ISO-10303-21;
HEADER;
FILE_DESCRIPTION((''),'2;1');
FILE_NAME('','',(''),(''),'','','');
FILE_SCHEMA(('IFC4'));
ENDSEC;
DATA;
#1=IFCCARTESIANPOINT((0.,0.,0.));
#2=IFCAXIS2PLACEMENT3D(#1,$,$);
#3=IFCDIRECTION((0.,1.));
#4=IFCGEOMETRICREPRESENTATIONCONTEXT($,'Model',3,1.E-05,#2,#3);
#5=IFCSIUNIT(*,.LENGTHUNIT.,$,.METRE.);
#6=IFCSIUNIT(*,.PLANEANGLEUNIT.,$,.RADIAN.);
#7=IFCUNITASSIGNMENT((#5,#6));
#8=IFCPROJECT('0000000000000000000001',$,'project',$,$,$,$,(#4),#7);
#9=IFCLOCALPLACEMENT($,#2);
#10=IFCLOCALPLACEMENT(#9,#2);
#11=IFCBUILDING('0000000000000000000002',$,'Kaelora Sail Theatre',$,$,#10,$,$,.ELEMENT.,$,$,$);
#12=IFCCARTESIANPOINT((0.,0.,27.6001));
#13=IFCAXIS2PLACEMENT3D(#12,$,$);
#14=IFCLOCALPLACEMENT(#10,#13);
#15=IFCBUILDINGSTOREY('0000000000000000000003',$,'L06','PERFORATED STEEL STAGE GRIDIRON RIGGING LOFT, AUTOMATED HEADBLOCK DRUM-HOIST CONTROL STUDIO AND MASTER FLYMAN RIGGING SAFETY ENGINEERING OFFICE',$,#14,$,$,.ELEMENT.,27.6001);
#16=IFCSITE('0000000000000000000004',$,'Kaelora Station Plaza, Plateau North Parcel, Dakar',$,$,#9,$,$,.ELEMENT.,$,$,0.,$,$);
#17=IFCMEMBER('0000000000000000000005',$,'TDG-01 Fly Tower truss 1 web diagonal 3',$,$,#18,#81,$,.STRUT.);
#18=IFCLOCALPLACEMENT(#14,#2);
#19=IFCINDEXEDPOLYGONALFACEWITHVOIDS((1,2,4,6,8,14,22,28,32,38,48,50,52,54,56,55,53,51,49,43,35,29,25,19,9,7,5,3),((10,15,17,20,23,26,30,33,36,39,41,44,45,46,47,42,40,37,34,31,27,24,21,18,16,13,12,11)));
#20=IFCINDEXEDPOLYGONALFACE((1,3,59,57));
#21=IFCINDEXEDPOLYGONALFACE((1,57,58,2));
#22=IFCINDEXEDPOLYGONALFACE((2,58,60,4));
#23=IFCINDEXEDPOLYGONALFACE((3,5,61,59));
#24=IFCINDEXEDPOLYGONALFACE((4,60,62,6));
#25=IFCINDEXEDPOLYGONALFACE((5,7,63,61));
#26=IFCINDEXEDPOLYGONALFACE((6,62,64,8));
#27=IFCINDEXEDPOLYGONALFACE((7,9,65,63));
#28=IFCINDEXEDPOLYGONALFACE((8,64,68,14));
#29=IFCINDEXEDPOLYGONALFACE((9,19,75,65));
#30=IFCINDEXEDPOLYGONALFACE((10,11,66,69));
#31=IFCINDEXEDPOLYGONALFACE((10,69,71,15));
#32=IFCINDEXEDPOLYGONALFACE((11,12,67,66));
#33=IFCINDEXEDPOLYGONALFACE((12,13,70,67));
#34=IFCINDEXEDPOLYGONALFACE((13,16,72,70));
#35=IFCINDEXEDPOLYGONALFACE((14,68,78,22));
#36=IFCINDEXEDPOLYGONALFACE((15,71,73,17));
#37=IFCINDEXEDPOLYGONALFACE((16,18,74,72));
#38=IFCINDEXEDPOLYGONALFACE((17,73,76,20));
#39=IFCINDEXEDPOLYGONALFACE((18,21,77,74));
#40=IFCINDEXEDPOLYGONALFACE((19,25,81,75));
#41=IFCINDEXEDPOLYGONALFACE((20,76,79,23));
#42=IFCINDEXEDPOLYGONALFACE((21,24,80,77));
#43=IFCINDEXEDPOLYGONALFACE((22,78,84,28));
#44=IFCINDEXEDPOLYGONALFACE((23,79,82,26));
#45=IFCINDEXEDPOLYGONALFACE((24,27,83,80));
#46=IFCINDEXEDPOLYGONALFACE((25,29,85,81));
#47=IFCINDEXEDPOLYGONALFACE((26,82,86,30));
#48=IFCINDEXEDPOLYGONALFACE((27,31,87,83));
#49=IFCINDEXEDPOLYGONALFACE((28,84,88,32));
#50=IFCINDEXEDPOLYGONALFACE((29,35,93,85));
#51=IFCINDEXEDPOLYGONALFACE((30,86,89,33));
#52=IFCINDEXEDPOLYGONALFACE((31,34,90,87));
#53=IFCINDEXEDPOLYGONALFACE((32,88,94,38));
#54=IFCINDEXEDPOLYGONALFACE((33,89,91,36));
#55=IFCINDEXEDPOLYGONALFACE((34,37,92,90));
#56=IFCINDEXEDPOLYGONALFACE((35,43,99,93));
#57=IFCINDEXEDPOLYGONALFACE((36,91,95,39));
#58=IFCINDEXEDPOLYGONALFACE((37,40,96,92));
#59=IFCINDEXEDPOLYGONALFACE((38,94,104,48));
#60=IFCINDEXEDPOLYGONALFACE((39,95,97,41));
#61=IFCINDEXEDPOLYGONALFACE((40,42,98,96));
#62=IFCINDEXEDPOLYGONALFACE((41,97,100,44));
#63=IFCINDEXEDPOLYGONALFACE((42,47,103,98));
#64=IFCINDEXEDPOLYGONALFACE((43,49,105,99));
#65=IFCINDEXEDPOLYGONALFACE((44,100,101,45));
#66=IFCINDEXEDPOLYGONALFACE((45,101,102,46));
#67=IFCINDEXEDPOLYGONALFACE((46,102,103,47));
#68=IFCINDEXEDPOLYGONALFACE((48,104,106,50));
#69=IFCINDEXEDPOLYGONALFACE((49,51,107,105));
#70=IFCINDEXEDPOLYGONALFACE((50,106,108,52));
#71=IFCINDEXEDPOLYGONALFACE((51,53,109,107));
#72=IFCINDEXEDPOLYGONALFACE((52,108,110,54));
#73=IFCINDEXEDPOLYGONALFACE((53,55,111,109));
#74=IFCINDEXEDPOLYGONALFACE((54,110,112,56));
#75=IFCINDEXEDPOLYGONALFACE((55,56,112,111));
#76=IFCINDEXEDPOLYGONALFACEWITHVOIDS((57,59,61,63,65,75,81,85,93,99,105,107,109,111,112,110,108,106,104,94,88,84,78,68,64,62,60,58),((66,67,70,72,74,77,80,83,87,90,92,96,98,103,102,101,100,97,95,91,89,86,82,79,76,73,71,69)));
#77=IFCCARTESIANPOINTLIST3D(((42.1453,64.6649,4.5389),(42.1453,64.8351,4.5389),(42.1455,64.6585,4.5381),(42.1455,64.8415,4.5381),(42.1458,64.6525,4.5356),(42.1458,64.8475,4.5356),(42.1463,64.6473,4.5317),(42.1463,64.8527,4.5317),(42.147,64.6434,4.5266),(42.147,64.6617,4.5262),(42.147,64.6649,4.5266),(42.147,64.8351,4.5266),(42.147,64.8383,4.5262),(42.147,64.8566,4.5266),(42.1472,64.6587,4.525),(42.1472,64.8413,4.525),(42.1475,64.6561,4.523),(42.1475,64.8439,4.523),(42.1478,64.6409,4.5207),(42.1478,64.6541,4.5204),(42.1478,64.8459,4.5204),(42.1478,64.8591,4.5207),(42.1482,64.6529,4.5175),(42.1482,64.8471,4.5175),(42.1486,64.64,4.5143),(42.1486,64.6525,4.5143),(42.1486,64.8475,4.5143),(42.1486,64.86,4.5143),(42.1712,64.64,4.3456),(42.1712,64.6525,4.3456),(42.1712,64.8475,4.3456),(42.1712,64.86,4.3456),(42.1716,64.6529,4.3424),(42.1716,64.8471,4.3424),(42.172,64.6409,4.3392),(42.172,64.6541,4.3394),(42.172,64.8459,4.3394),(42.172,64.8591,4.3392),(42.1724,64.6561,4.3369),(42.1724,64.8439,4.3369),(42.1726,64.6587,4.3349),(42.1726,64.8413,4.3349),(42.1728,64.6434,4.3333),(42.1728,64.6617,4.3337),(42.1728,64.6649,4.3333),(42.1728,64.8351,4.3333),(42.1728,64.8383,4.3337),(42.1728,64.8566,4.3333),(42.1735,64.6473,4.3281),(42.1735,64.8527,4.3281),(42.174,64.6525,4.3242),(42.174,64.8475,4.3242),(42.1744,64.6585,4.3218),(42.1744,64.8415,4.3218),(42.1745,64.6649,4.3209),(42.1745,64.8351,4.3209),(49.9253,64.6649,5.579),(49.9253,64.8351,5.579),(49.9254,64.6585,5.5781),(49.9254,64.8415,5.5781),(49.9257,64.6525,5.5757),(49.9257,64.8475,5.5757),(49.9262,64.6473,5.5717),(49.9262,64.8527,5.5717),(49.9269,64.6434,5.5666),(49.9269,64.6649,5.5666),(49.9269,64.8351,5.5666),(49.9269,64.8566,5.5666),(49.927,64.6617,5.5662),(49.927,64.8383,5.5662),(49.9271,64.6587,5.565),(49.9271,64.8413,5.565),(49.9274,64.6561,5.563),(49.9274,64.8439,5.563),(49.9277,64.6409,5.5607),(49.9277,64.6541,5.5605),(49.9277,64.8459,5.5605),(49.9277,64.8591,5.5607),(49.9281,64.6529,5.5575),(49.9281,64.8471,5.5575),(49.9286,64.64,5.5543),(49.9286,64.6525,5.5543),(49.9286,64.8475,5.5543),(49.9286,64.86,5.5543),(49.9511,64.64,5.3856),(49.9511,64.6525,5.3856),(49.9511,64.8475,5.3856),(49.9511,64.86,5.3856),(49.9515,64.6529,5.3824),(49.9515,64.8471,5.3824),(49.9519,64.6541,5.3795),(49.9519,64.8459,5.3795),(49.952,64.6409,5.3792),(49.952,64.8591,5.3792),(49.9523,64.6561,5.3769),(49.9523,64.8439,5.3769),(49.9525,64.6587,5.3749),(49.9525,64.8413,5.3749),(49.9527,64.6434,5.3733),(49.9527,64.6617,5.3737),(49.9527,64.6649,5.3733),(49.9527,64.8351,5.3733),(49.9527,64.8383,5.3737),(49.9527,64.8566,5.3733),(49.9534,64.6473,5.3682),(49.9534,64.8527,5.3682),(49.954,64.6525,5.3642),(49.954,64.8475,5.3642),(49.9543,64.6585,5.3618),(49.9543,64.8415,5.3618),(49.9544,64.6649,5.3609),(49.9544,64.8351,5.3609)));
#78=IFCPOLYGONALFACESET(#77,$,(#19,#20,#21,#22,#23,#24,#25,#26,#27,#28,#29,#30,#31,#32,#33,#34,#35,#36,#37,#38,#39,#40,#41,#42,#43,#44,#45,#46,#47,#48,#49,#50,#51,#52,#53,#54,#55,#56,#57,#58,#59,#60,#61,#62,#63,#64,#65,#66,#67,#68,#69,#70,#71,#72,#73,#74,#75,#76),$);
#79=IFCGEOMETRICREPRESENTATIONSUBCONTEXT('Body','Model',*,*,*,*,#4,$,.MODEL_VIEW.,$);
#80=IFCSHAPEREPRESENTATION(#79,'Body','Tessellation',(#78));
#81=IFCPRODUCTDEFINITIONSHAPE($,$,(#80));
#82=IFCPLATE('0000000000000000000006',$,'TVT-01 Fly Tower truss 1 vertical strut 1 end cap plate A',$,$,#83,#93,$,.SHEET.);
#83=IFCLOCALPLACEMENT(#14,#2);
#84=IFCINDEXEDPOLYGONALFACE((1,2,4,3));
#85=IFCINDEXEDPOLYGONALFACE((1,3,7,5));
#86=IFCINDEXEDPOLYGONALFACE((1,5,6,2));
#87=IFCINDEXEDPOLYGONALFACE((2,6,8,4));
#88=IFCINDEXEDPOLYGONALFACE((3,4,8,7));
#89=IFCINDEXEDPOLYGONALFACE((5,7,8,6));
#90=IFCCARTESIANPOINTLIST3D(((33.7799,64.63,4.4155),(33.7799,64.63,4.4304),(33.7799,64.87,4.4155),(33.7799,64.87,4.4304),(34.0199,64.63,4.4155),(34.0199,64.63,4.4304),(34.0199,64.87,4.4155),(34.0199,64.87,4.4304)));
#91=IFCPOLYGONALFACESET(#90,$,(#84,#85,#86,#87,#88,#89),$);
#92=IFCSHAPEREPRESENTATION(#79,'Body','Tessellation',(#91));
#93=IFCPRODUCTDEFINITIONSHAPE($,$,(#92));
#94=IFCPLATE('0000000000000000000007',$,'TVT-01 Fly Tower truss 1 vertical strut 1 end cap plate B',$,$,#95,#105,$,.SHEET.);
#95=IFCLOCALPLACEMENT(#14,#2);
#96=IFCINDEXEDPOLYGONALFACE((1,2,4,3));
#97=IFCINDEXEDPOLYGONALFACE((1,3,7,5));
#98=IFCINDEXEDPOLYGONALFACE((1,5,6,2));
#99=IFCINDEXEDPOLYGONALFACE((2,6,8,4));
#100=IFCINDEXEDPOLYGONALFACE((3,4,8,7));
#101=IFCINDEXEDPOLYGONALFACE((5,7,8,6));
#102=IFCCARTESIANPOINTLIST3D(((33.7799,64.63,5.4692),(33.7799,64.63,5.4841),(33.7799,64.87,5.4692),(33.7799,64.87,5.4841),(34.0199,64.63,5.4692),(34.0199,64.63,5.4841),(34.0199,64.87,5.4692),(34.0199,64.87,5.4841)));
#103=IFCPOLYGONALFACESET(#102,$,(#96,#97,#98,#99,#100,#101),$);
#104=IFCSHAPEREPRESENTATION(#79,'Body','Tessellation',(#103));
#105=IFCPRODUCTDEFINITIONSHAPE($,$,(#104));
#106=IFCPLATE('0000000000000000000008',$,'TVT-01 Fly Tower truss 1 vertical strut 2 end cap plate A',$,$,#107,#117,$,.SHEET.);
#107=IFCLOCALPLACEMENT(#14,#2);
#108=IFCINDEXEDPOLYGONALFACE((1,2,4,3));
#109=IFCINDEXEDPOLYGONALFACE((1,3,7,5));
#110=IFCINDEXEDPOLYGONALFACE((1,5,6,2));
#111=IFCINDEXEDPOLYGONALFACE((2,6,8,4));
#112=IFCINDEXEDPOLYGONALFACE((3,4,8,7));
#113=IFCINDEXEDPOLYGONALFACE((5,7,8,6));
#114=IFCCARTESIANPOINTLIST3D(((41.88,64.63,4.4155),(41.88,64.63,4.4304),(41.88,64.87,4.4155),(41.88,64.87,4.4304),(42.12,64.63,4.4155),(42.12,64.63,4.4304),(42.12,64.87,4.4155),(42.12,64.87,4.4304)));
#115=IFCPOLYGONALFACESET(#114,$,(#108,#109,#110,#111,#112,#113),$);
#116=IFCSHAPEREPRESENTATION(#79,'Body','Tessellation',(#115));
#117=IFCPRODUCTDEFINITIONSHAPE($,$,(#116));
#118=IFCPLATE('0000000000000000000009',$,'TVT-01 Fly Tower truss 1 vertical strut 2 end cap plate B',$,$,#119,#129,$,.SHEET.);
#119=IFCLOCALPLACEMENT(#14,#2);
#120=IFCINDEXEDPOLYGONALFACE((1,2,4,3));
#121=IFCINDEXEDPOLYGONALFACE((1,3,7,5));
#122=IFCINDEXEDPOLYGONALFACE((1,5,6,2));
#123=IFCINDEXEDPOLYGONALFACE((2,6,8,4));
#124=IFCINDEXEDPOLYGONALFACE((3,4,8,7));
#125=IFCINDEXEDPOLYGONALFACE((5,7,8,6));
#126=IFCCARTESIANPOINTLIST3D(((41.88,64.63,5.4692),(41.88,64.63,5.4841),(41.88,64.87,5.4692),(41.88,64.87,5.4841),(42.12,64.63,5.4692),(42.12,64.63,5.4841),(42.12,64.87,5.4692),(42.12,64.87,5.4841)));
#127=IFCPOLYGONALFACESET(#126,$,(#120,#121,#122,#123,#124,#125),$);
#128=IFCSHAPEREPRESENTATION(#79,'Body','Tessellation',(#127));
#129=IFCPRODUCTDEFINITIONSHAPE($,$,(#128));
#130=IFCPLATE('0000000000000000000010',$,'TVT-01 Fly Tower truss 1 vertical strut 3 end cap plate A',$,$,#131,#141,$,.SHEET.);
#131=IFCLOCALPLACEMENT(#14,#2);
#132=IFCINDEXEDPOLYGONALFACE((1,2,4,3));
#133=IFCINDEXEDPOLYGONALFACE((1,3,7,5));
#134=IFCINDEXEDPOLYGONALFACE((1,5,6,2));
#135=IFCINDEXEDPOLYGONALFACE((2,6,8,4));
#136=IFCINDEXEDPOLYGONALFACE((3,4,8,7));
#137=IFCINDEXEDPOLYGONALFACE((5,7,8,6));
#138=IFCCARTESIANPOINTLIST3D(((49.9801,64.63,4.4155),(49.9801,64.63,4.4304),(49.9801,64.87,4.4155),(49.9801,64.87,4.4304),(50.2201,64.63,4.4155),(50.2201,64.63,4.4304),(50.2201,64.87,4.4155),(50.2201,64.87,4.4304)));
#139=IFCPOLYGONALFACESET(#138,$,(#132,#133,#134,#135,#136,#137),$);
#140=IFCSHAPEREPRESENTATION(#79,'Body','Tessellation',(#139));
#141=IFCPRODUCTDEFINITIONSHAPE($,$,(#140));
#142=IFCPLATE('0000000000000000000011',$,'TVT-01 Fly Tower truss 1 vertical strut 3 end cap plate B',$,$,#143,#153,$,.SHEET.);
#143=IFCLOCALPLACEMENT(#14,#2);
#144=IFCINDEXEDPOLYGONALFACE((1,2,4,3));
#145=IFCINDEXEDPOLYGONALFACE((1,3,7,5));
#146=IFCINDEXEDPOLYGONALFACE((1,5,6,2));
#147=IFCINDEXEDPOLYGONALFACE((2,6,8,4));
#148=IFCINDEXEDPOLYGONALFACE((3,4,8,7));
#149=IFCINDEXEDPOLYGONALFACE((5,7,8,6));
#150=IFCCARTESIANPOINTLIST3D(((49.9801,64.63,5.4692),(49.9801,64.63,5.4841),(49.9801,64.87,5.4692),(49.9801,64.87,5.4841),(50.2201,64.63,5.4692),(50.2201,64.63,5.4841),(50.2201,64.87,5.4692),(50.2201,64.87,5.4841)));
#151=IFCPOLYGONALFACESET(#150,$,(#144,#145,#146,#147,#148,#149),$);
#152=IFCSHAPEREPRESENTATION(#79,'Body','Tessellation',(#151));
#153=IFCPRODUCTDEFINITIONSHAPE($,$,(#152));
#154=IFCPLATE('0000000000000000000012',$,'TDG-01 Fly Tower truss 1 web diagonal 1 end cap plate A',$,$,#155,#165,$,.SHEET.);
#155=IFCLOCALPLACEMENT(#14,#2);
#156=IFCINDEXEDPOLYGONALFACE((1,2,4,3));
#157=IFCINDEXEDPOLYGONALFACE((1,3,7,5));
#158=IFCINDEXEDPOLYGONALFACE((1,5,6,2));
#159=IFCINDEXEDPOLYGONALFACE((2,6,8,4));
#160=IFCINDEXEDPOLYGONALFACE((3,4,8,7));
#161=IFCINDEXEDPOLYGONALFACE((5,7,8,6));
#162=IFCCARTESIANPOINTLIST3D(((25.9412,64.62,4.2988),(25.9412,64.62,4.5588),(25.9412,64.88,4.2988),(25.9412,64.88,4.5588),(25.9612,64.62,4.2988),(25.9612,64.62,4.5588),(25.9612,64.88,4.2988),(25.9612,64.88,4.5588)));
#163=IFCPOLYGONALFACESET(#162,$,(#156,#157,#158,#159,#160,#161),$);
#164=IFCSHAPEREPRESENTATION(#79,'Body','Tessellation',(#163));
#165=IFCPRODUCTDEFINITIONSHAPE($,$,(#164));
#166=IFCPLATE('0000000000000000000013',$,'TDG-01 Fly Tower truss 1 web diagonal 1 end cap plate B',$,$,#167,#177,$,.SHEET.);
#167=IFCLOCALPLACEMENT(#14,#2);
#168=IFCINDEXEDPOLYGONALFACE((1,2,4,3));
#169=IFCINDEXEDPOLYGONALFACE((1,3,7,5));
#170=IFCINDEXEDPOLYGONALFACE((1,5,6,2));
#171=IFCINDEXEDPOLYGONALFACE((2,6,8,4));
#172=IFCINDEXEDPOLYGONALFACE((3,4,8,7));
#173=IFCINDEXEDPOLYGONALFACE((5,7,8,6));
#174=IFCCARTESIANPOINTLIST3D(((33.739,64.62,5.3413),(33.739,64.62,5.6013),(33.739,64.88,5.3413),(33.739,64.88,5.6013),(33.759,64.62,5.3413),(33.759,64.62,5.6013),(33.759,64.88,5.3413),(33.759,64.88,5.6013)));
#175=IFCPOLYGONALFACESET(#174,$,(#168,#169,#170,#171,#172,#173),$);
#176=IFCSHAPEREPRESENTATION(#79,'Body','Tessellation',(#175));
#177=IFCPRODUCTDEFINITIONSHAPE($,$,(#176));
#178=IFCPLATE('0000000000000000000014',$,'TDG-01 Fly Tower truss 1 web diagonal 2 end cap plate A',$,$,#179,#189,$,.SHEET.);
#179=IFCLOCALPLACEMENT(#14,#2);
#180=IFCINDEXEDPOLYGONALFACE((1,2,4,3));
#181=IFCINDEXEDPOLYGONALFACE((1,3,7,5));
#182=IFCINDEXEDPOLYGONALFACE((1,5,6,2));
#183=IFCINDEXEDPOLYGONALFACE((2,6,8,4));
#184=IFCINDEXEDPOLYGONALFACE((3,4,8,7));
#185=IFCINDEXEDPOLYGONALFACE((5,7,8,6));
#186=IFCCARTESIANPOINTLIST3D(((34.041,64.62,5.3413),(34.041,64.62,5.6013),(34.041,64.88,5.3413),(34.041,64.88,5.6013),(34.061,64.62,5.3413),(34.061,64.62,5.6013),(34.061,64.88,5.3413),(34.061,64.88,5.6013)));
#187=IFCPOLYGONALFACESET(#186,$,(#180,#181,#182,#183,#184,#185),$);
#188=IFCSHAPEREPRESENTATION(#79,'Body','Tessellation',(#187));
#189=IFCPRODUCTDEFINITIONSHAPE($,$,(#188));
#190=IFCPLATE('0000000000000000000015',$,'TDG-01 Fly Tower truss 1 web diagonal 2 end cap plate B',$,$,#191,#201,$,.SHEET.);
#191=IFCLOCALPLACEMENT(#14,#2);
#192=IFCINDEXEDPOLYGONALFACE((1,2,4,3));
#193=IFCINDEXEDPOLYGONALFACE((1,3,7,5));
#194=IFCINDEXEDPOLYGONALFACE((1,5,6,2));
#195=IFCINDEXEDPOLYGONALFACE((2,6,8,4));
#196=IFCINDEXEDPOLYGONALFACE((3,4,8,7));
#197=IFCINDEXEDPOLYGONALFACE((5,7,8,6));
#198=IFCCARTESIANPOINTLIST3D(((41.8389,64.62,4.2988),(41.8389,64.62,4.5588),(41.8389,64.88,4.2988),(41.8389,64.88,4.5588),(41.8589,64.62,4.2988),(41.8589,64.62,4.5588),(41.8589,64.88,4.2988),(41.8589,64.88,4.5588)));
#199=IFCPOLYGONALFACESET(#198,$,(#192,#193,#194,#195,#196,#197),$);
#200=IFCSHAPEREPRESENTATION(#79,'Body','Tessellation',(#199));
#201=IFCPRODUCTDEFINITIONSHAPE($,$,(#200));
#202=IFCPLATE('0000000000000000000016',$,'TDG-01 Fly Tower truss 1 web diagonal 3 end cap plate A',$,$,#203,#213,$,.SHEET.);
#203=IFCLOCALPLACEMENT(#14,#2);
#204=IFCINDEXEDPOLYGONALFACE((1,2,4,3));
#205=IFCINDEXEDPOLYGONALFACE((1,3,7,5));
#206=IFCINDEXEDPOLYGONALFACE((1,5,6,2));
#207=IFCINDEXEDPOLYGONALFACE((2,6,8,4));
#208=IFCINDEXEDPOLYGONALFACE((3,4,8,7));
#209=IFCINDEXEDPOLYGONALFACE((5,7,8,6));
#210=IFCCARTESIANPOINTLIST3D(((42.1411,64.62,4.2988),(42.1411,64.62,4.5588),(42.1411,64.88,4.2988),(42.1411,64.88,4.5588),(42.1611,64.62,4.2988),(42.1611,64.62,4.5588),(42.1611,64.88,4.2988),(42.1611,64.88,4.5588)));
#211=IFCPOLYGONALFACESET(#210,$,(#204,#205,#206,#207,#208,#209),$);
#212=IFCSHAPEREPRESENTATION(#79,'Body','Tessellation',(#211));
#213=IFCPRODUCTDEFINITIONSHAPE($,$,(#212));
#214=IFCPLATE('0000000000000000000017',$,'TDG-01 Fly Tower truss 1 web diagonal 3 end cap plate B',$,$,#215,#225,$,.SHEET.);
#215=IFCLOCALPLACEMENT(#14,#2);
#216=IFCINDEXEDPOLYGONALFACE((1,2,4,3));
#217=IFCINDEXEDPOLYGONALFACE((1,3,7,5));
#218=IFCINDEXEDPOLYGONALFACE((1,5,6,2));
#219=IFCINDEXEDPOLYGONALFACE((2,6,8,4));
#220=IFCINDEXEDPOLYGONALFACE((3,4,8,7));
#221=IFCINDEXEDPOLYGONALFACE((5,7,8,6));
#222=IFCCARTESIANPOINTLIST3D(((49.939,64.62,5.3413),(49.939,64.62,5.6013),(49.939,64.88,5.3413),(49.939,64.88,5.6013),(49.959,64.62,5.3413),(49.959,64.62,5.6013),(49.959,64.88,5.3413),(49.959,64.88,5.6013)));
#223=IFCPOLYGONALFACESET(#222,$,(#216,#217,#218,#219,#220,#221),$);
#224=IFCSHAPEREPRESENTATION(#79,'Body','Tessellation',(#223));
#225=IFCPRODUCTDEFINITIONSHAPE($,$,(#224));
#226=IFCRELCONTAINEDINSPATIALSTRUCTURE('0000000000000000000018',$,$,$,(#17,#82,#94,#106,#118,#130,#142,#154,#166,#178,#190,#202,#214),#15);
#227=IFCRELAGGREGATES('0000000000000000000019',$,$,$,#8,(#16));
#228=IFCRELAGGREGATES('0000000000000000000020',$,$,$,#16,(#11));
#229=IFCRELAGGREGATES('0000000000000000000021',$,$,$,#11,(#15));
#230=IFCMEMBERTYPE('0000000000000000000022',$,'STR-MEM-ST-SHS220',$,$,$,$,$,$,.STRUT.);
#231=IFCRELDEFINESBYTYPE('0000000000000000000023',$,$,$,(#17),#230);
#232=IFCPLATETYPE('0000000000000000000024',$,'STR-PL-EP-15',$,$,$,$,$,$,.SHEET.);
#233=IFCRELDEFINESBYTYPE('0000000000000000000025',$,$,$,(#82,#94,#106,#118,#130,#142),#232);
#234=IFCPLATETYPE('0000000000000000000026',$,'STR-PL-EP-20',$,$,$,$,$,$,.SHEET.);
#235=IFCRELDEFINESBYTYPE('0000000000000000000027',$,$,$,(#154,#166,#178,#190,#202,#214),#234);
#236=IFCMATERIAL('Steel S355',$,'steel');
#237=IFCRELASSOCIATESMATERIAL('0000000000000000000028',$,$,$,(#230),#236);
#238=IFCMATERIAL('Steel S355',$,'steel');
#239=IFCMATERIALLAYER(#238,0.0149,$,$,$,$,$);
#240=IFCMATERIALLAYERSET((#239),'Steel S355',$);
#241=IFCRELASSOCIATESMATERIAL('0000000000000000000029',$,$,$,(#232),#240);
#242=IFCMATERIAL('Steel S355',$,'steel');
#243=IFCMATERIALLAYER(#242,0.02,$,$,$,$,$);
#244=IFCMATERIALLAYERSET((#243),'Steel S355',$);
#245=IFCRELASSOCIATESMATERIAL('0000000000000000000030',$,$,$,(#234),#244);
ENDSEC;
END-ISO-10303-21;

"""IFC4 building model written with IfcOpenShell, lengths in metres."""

from ifc_helpers import new_model, si_unit, direction, frame, origin, origin_2d, place, context, subcontext, project, spatial, rectangle, hollow_rectangle, extrude, material, layer, layer_set, material_profile, profile_set, type_object, element, save


model = new_model("IFC4")

# Units and contexts
model_context = context("Model", 3, precision=1e-05, world=origin(), true_north=direction((0.0, 1.0)))
body_context = subcontext(model_context, "Body", "Model", "MODEL_VIEW")
ifc_project = project(units=[si_unit("LENGTHUNIT", "METRE"), si_unit("PLANEANGLEUNIT", "RADIAN")], contexts=[model_context])

# Site, building, storey
site_placement = place(None, origin())
site = spatial("IfcSite", under=ifc_project, at=site_placement, Name="Kaelora Station Plaza, Plateau North Parcel, Dakar", CompositionType="ELEMENT", RefElevation=0.0)
building_placement = place(site_placement, origin())
building = spatial("IfcBuilding", under=site, at=building_placement, Name="Kaelora Sail Theatre", CompositionType="ELEMENT")
storey_placement = place(building_placement, frame((0.0, 0.0, 27.6001)))
storey = spatial("IfcBuildingStorey", under=building, at=storey_placement, Name="L06", Description="PERFORATED STEEL STAGE GRIDIRON RIGGING LOFT, AUTOMATED HEADBLOCK DRUM-HOIST CONTROL STUDIO AND MASTER FLYMAN RIGGING SAFETY ENGINEERING OFFICE", CompositionType="ELEMENT", Elevation=27.6001)

# Member
ifc_material_1 = material(Name="Steel S355", Category="steel")
ifc_material_profile_1 = material_profile(ifc_material_1, hollow_rectangle(XDim=0.22, YDim=0.22, WallThickness=0.0125, InnerFilletRadius=0.0125, OuterFilletRadius=0.0249, at=origin_2d()), Name="SHS 220x220x12.5")
ifc_profile_set_1 = profile_set([ifc_material_profile_1], Name="Steel S355")
member_type_1 = type_object("IfcMemberType", Name="STR-MEM-ST-SHS220", PredefinedType="STRUT", material=ifc_profile_set_1)
member_1_placement = place(storey_placement, frame((42.1599, 64.75, 4.4299), z_axis=(0.991183, 0.0, 0.132502), x_axis=(0.0, 1.0, 0.0)))
element("IfcMember", 1, at=member_1_placement, inside=storey, type_object=member_type_1, Name="TDG-01 Fly Tower truss 1 web diagonal 3", PredefinedType="STRUT", context=body_context, shape_type="SweptSolid", body=[
    extrude(hollow_rectangle(XDim=0.22, YDim=0.22, WallThickness=0.0125, InnerFilletRadius=0.0125, OuterFilletRadius=0.0249, at=origin_2d()), origin(), (0.0, 0.0, 1.0), 7.8491),
])

# Plates
ifc_material_2 = material(Name="Steel S355", Category="steel")
ifc_layer_1 = layer(ifc_material_2, 0.0149)
ifc_layer_set_1 = layer_set([ifc_layer_1], Name="Steel S355")
plate_type_1 = type_object("IfcPlateType", Name="STR-PL-EP-15", PredefinedType="SHEET", material=ifc_layer_set_1)
for number, where, z_axis, x_axis, name in (
    (2, (33.8999, 64.75, 4.4155), (0.0, 0.0, 1.0), (1.0, 0.0, 0.0), "TVT-01 Fly Tower truss 1 vertical strut 1 end cap plate A"),
    (3, (33.8999, 64.75, 5.4692), (0.0, 0.0, 1.0), (1.0, 0.0, 0.0), "TVT-01 Fly Tower truss 1 vertical strut 1 end cap plate B"),
    (4, (42.0, 64.75, 4.4155), (0.0, 0.0, 1.0), (1.0, 0.0, 0.0), "TVT-01 Fly Tower truss 1 vertical strut 2 end cap plate A"),
    (5, (42.0, 64.75, 5.4692), (0.0, 0.0, 1.0), (1.0, 0.0, 0.0), "TVT-01 Fly Tower truss 1 vertical strut 2 end cap plate B"),
    (6, (50.1001, 64.75, 4.4155), (0.0, 0.0, 1.0), (1.0, 0.0, 0.0), "TVT-01 Fly Tower truss 1 vertical strut 3 end cap plate A"),
    (7, (50.1001, 64.75, 5.4692), (0.0, 0.0, 1.0), (1.0, 0.0, 0.0), "TVT-01 Fly Tower truss 1 vertical strut 3 end cap plate B"),
):
    element("IfcPlate", number, at=place(storey_placement, frame(where, z_axis=z_axis, x_axis=x_axis)), inside=storey, type_object=plate_type_1, Name=name, PredefinedType="SHEET", context=body_context, shape_type="SweptSolid", body=[
        extrude(rectangle(XDim=0.24, YDim=0.24, at=origin_2d()), origin(), (0.0, 0.0, 1.0), 0.0149),
    ])
ifc_material_3 = material(Name="Steel S355", Category="steel")
ifc_layer_2 = layer(ifc_material_3, 0.02)
ifc_layer_set_2 = layer_set([ifc_layer_2], Name="Steel S355")
plate_type_2 = type_object("IfcPlateType", Name="STR-PL-EP-20", PredefinedType="SHEET", material=ifc_layer_set_2)
for number, where, z_axis, x_axis, name in (
    (8, (25.9512, 64.75, 4.2988), (0.0, 0.0, 1.0), (1.0, 0.0, 0.0), "TDG-01 Fly Tower truss 1 web diagonal 1 end cap plate A"),
    (9, (33.749, 64.75, 5.3413), (0.0, 0.0, 1.0), (1.0, 0.0, 0.0), "TDG-01 Fly Tower truss 1 web diagonal 1 end cap plate B"),
    (10, (34.051, 64.75, 5.3413), (0.0, 0.0, 1.0), (1.0, 0.0, 0.0), "TDG-01 Fly Tower truss 1 web diagonal 2 end cap plate A"),
    (11, (41.8489, 64.75, 4.2988), (0.0, 0.0, 1.0), (1.0, 0.0, 0.0), "TDG-01 Fly Tower truss 1 web diagonal 2 end cap plate B"),
    (12, (42.1511, 64.75, 4.2988), (0.0, 0.0, 1.0), (1.0, 0.0, 0.0), "TDG-01 Fly Tower truss 1 web diagonal 3 end cap plate A"),
    (13, (49.949, 64.75, 5.3413), (0.0, 0.0, 1.0), (1.0, 0.0, 0.0), "TDG-01 Fly Tower truss 1 web diagonal 3 end cap plate B"),
):
    element("IfcPlate", number, at=place(storey_placement, frame(where, z_axis=z_axis, x_axis=x_axis)), inside=storey, type_object=plate_type_2, Name=name, PredefinedType="SHEET", context=body_context, shape_type="SweptSolid", body=[
        extrude(rectangle(XDim=0.02, YDim=0.26, at=origin_2d()), origin(), (0.0, 0.0, 1.0), 0.26),
    ])

save(model, "model.ifc")
